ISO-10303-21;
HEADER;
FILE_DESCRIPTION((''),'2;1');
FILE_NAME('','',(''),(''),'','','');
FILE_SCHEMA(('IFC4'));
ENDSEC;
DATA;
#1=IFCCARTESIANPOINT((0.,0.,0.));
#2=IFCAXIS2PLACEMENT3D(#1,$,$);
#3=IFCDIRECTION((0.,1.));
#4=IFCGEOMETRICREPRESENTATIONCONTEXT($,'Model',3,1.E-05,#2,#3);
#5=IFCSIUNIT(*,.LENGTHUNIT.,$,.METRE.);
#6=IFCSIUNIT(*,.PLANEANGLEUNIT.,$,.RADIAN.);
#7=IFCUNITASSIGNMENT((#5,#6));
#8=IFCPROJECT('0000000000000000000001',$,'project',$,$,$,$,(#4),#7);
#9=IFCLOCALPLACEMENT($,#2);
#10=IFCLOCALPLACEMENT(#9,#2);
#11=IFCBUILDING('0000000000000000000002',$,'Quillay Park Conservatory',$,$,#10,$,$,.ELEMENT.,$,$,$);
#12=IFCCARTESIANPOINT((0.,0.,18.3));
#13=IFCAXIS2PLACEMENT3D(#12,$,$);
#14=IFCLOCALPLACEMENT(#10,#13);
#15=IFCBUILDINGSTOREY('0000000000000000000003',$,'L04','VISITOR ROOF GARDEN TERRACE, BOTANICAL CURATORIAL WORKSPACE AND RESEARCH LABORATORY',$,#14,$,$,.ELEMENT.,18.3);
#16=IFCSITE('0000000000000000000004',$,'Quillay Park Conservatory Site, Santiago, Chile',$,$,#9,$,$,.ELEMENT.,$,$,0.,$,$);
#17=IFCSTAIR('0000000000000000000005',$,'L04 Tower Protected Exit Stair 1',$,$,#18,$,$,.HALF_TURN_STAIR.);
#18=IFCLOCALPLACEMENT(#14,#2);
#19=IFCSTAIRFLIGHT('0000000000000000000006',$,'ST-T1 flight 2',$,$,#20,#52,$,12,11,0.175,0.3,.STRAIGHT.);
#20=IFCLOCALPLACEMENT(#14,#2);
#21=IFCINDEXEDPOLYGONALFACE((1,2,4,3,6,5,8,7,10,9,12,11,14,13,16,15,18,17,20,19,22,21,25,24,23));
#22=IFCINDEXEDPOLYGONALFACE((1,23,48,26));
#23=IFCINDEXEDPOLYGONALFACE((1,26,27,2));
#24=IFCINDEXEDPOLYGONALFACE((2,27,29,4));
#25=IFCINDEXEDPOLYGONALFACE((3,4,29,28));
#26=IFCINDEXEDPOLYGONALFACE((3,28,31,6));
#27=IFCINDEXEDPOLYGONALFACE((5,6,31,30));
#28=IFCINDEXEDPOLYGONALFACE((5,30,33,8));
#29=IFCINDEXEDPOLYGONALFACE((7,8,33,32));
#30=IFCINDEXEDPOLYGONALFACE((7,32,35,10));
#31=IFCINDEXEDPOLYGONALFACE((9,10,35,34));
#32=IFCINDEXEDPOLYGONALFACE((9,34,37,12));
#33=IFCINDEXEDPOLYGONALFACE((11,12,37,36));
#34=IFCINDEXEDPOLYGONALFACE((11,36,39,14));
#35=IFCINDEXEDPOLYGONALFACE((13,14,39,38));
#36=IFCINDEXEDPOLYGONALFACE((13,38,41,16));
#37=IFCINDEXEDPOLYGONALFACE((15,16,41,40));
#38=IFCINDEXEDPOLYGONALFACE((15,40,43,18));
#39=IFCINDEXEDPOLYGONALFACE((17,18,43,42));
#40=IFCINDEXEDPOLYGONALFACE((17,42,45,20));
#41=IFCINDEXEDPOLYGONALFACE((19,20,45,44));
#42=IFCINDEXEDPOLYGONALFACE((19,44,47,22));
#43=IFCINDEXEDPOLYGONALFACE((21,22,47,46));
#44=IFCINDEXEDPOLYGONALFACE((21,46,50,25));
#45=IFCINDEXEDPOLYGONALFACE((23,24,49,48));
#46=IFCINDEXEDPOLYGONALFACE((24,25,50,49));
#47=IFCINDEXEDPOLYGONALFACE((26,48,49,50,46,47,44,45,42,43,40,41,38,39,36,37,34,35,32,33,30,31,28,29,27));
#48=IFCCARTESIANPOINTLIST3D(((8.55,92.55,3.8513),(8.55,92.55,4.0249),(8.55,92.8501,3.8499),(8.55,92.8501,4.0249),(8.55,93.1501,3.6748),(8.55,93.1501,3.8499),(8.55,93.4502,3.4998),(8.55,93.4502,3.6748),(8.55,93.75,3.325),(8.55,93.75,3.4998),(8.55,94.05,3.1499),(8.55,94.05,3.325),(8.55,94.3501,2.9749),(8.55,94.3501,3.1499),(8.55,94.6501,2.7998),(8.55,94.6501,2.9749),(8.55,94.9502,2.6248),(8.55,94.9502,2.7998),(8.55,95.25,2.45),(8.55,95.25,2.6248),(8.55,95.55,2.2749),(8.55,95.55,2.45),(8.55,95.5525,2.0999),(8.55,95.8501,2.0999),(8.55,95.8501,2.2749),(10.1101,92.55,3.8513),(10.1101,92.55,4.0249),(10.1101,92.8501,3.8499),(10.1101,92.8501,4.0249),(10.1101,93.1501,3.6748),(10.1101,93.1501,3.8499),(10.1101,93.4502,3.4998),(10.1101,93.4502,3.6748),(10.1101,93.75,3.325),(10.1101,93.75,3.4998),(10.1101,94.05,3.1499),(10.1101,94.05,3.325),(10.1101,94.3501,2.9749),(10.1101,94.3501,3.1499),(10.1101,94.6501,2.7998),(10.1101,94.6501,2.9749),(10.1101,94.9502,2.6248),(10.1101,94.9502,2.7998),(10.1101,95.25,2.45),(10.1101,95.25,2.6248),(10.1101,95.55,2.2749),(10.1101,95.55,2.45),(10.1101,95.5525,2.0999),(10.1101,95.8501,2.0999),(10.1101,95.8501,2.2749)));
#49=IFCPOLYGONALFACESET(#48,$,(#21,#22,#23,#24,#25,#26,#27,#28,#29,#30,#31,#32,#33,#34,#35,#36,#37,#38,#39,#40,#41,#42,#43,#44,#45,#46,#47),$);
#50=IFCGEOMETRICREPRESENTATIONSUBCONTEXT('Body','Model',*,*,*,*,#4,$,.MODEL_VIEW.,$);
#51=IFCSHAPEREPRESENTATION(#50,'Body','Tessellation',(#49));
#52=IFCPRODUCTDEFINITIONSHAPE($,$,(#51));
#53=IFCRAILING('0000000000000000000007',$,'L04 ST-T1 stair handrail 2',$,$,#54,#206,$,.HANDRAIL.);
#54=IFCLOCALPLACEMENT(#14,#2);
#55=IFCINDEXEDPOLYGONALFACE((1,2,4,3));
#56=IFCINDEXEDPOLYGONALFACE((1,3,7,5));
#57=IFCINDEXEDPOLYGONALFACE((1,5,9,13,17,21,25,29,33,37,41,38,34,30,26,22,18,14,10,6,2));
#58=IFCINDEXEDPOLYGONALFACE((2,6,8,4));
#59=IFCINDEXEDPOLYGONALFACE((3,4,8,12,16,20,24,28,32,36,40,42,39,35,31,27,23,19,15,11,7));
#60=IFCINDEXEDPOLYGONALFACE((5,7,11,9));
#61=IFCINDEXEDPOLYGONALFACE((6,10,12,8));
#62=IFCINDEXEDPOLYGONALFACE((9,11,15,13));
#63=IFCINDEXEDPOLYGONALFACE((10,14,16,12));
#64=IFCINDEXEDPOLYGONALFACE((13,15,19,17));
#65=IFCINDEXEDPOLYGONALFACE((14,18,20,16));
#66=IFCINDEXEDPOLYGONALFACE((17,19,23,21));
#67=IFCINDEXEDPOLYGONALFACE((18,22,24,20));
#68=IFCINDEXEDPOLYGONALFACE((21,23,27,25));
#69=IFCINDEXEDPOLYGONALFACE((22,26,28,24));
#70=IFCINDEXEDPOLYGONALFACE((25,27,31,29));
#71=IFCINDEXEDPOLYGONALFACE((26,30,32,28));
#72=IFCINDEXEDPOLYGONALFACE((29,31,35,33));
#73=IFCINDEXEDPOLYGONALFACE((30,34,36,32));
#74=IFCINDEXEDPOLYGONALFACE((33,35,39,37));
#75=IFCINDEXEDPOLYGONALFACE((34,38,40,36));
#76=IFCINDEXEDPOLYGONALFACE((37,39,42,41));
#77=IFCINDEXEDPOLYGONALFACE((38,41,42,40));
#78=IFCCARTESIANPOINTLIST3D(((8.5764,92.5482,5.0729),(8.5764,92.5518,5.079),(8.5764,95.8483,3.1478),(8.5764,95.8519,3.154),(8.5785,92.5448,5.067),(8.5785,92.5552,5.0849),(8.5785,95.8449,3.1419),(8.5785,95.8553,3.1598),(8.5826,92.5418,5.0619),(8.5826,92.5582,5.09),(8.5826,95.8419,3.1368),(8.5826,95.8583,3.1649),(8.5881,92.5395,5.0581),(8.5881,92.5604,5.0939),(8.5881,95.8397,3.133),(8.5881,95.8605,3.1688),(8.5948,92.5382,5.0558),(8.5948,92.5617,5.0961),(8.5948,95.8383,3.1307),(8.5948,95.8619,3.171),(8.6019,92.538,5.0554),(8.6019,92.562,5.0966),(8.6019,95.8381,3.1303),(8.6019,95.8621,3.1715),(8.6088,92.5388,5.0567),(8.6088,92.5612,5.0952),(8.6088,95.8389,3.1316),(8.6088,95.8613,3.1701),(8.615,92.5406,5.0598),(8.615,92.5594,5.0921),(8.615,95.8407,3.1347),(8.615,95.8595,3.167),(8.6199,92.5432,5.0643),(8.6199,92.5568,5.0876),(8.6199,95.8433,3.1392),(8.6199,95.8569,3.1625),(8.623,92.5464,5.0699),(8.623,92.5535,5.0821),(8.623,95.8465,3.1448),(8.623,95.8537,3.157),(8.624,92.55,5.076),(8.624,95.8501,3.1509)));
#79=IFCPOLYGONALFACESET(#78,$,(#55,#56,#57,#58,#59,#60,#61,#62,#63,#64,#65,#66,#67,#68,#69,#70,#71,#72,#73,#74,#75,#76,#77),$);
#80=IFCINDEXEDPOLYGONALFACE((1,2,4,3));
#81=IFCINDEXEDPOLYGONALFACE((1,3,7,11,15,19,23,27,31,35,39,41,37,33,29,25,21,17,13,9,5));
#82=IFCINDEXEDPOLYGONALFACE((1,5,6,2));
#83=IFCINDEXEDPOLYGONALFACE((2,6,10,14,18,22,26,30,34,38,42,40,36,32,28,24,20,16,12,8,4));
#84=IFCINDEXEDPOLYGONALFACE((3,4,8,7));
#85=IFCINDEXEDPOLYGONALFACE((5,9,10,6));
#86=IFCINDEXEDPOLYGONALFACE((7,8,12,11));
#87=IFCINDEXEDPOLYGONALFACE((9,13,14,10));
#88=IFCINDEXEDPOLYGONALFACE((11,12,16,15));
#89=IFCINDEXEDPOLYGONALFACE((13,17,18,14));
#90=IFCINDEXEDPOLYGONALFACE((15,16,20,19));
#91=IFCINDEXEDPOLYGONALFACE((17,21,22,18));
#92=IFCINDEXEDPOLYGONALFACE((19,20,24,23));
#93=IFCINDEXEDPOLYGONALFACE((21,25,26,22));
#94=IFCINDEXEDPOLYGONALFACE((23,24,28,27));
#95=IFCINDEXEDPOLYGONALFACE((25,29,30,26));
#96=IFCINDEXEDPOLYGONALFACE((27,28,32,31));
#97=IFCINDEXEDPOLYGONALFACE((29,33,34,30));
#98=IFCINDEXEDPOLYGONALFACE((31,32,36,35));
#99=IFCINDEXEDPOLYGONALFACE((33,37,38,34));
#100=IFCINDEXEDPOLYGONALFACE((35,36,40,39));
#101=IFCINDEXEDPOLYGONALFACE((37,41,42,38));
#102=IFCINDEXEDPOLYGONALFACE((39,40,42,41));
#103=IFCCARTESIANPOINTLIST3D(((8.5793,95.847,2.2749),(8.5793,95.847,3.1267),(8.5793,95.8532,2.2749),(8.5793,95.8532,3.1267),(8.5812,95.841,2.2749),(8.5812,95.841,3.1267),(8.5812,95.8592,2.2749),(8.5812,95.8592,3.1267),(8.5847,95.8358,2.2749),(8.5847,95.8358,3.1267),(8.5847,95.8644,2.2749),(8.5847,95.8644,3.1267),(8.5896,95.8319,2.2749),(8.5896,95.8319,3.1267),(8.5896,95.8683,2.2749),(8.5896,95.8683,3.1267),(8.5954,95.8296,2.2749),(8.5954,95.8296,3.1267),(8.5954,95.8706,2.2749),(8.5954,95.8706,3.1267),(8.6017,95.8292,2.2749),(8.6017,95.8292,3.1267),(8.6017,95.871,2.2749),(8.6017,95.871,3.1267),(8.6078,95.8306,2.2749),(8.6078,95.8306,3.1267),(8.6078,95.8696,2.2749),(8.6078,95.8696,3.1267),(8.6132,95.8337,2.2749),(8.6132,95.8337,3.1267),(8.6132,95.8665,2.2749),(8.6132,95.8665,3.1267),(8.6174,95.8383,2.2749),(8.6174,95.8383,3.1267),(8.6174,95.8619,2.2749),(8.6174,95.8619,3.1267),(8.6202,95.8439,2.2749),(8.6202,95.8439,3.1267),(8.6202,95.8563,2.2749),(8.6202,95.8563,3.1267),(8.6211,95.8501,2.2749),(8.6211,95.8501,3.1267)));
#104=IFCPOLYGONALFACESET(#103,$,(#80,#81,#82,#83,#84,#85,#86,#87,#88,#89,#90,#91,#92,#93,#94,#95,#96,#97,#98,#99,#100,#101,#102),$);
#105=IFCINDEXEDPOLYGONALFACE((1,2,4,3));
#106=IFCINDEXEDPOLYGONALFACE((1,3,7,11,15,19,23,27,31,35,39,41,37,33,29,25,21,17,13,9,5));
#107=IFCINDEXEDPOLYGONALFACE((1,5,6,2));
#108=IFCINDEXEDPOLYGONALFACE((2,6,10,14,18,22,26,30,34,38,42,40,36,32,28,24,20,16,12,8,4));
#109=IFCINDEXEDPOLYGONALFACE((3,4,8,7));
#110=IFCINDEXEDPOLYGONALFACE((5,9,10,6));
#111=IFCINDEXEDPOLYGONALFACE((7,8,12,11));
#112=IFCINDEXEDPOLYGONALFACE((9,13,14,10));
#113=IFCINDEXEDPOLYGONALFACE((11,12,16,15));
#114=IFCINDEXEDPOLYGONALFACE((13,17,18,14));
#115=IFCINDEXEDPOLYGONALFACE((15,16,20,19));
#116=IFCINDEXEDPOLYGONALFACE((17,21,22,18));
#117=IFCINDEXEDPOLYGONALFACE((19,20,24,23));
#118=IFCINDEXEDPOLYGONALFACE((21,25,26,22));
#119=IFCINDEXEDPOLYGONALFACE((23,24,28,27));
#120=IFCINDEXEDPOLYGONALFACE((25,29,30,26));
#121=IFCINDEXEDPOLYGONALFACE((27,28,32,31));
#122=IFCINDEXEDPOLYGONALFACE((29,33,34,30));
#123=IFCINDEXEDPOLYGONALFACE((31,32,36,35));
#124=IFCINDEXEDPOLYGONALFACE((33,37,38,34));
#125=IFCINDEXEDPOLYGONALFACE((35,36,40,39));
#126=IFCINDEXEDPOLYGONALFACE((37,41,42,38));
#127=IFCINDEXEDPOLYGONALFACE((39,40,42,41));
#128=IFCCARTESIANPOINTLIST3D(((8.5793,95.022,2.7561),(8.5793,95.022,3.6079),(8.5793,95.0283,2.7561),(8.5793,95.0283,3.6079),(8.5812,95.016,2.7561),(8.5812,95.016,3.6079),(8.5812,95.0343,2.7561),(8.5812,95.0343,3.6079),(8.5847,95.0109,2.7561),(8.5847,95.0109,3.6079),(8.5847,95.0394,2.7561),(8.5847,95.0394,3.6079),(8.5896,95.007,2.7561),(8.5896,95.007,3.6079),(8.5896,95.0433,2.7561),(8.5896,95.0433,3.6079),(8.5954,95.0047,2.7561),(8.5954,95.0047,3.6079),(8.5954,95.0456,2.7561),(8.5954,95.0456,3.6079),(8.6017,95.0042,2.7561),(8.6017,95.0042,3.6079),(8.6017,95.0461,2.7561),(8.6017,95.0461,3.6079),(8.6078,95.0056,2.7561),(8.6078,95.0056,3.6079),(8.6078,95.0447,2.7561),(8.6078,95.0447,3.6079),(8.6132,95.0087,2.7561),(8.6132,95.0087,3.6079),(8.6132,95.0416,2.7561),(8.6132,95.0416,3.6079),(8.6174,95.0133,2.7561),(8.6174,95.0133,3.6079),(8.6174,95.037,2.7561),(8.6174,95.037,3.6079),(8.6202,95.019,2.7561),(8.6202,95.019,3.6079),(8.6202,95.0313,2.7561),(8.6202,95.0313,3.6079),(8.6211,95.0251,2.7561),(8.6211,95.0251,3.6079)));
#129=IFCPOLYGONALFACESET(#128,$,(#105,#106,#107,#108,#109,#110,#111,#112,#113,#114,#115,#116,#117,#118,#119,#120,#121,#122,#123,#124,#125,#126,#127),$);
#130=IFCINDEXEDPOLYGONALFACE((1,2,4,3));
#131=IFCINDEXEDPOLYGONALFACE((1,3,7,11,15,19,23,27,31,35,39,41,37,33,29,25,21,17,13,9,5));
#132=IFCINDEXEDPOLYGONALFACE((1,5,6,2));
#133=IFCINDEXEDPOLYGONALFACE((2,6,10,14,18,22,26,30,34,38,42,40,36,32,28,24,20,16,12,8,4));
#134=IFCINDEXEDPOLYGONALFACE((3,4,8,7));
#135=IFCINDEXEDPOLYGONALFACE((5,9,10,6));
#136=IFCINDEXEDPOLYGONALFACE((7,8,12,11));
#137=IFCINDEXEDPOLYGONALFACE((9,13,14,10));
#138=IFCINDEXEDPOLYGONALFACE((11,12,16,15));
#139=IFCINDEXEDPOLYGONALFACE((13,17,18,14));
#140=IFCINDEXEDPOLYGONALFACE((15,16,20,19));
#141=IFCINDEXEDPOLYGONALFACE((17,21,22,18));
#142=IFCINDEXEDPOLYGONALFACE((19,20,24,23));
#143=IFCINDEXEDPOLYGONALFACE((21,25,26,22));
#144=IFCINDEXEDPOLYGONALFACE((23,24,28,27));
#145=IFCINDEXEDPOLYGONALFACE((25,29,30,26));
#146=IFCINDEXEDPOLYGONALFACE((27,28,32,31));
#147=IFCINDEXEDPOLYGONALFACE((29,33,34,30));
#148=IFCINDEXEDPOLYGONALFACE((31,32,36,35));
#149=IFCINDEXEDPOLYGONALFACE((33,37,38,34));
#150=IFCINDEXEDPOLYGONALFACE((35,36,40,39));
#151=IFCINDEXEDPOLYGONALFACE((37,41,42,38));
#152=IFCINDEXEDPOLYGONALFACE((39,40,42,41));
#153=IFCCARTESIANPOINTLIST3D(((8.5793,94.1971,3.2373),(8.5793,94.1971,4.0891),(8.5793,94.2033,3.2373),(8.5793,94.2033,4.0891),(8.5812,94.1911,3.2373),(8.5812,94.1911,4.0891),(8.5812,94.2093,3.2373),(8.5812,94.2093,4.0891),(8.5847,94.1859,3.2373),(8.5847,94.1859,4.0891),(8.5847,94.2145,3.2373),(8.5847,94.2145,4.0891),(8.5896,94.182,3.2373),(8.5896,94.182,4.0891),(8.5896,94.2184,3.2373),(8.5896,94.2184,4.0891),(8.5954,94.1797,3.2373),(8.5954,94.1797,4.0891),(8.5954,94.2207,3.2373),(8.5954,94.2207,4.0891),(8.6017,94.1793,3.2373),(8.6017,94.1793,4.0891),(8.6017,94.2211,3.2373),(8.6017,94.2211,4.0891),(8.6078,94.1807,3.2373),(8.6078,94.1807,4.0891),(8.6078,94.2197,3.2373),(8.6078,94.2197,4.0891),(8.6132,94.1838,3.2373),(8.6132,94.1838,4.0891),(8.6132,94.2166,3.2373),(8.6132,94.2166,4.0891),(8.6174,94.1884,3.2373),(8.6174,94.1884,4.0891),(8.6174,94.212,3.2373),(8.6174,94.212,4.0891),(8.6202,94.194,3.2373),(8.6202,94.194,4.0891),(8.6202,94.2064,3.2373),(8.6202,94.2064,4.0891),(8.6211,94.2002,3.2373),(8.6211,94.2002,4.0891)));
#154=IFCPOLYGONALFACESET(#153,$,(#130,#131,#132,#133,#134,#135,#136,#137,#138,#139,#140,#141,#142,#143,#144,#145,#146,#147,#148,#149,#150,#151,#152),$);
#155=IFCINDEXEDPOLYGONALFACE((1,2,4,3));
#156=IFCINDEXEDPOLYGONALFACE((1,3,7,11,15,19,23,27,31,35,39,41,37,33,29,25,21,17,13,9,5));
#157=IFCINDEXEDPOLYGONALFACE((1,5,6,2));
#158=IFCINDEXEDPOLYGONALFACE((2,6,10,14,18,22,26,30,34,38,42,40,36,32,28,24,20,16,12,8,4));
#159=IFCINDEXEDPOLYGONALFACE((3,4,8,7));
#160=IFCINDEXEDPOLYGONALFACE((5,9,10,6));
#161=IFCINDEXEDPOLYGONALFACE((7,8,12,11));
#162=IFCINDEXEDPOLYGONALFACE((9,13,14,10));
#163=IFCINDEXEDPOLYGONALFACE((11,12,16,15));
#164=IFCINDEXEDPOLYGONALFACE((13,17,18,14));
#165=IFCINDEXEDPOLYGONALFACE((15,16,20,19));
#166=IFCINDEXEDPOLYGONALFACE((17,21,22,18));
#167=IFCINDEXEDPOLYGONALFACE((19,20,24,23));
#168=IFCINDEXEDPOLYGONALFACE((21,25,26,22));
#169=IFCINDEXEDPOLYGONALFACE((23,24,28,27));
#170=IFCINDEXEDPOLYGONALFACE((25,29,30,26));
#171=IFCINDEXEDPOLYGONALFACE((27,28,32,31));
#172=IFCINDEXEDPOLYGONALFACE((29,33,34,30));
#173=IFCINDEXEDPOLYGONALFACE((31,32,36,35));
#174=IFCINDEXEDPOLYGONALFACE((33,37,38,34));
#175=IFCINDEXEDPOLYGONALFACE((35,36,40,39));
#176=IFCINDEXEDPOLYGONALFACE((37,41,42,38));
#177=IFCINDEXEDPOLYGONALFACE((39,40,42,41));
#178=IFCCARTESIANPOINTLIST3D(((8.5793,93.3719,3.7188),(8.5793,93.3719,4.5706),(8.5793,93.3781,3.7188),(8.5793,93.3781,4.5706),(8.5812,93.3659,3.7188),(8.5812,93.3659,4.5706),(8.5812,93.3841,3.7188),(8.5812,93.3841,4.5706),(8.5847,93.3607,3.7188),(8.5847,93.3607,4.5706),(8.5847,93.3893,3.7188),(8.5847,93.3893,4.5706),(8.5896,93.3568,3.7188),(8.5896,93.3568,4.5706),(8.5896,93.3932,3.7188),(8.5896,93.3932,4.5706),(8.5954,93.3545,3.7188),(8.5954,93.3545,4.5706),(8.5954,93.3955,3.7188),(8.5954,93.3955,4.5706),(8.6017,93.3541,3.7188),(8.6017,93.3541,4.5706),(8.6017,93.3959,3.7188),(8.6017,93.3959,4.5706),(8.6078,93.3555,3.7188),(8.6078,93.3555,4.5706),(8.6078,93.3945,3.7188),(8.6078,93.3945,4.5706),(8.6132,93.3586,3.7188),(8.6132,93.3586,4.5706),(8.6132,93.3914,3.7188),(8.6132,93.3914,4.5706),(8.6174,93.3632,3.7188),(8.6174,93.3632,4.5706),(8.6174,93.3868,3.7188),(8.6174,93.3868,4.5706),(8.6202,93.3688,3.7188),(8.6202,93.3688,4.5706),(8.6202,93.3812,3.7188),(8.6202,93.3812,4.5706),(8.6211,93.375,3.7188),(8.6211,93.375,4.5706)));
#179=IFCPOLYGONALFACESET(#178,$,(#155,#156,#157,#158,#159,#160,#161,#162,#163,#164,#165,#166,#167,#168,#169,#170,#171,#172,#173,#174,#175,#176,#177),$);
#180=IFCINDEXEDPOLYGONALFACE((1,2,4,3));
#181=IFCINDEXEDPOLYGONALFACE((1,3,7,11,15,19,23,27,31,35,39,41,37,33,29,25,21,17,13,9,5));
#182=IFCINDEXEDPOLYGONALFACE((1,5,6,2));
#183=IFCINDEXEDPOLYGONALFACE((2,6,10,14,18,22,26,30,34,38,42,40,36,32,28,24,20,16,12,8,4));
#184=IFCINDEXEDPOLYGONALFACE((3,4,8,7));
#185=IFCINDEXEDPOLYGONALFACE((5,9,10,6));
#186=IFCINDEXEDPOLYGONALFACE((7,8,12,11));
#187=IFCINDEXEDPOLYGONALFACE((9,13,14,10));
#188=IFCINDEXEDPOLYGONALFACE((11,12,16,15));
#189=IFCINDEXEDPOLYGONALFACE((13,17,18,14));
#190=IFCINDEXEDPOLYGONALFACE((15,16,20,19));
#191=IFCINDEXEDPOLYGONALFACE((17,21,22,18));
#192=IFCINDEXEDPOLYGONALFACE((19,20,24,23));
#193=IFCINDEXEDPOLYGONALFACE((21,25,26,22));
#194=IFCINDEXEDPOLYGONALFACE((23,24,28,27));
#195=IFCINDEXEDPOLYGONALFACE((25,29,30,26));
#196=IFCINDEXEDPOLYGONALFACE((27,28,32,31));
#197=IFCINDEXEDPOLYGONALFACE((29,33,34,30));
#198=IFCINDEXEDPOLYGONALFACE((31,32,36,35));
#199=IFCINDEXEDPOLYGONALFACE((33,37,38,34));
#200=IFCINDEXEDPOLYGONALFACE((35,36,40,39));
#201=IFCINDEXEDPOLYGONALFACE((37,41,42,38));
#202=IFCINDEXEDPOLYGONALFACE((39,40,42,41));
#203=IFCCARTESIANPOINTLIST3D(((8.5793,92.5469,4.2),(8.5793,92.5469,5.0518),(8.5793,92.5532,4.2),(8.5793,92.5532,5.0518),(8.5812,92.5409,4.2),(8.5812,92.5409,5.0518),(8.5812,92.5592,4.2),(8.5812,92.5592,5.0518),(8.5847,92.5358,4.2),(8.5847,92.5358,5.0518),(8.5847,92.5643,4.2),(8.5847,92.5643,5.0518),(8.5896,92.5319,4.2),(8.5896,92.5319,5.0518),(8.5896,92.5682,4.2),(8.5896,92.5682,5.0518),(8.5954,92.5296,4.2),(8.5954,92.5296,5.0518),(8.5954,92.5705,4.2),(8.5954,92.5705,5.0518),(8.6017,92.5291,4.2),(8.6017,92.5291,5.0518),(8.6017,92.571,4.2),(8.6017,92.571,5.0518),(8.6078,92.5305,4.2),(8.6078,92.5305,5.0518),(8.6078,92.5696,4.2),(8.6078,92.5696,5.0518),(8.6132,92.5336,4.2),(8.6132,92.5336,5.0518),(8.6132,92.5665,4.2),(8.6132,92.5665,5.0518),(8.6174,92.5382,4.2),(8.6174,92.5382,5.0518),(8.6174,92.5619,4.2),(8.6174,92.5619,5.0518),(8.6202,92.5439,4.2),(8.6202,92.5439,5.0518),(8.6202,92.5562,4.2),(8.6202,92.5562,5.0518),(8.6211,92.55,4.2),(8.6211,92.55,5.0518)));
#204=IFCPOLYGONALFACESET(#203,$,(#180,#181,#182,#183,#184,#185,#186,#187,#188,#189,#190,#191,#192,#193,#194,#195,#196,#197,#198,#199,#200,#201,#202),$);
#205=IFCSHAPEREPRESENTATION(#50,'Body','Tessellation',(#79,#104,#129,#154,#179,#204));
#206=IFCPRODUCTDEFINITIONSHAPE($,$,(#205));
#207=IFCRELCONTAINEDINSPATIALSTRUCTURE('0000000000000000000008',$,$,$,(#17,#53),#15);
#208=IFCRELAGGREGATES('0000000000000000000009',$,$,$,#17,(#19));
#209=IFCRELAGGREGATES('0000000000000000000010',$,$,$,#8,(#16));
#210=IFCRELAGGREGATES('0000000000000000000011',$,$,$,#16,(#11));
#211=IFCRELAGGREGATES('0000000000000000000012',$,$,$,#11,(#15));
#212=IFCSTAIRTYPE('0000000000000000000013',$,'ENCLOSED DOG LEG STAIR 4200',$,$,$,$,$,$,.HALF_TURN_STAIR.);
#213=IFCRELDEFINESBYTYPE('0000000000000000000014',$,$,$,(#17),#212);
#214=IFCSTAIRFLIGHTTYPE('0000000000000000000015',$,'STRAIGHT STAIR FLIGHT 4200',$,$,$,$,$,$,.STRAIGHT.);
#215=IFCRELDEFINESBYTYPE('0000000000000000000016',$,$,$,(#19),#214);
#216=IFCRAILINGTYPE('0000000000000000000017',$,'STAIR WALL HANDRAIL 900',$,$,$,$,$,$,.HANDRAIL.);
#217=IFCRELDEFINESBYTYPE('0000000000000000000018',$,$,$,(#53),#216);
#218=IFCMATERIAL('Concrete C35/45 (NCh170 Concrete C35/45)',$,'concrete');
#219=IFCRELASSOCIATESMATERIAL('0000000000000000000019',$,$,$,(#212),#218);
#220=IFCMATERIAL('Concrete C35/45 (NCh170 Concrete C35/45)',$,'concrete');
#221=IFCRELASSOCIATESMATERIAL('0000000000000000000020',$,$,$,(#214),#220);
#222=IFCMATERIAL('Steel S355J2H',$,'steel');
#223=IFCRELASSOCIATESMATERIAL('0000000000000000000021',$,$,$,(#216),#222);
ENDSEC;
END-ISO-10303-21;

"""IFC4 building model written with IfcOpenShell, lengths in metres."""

from ifc_helpers import new_model, si_unit, direction, frame, origin, origin_2d, place, context, subcontext, project, spatial, polyline, circle, outline, extrude, material, type_object, element, aggregate, save


model = new_model("IFC4")

# Units and contexts
model_context = context("Model", 3, precision=1e-05, world=origin(), true_north=direction((0.0, 1.0)))
body_context = subcontext(model_context, "Body", "Model", "MODEL_VIEW")
ifc_project = project(units=[si_unit("LENGTHUNIT", "METRE"), si_unit("PLANEANGLEUNIT", "RADIAN")], contexts=[model_context])

# Site, building, storey
site_placement = place(None, origin())
site = spatial("IfcSite", under=ifc_project, at=site_placement, Name="Quillay Park Conservatory Site, Santiago, Chile", CompositionType="ELEMENT", RefElevation=0.0)
building_placement = place(site_placement, origin())
building = spatial("IfcBuilding", under=site, at=building_placement, Name="Quillay Park Conservatory", CompositionType="ELEMENT")
storey_placement = place(building_placement, frame((0.0, 0.0, 18.3)))
storey = spatial("IfcBuildingStorey", under=building, at=storey_placement, Name="L04", Description="VISITOR ROOF GARDEN TERRACE, BOTANICAL CURATORIAL WORKSPACE AND RESEARCH LABORATORY", CompositionType="ELEMENT", Elevation=18.3)

# Stair, stair flight
ifc_material_1 = material(Name="Concrete C35/45 (NCh170 Concrete C35/45)", Category="concrete")
stair_type = type_object("IfcStairType", Name="ENCLOSED DOG LEG STAIR 4200", PredefinedType="HALF_TURN_STAIR", material=ifc_material_1)
stair_placement = place(storey_placement, origin())
stair = element("IfcStair", 1, at=stair_placement, inside=storey, type_object=stair_type, Name="L04 Tower Protected Exit Stair 1", PredefinedType="HALF_TURN_STAIR")
ifc_material_2 = material(Name="Concrete C35/45 (NCh170 Concrete C35/45)", Category="concrete")
stair_flight_type = type_object("IfcStairFlightType", Name="STRAIGHT STAIR FLIGHT 4200", PredefinedType="STRAIGHT", material=ifc_material_2)
stair_flight_placement = place(storey_placement, frame((9.3301, 95.8501, 2.0999), z_axis=(0.0, 0.0, 1.0), x_axis=(0.0, -1.0, 0.0)))
stair_flight = element("IfcStairFlight", 2, at=stair_flight_placement, type_object=stair_flight_type, Name="ST-T1 flight 2", NumberOfRisers=12, NumberOfTreads=11, PredefinedType="STRAIGHT", RiserHeight=0.175, TreadLength=0.3, context=body_context, shape_type="SweptSolid", body=[
    extrude(outline(polyline([(0.0, 0.0), (0.0, 0.175), (0.3, 0.175), (0.3, 0.3501), (0.6001, 0.3501), (0.6001, 0.5249), (0.8999, 0.5249), (0.8999, 0.7), (1.2, 0.7), (1.2, 0.875), (1.5, 0.875), (1.5, 1.05), (1.8, 1.05), (1.8, 1.2251), (2.1001, 1.2251), (2.1001, 1.3999), (2.3999, 1.3999), (2.3999, 1.575), (2.7, 1.575), (2.7, 1.75), (3.0, 1.75), (3.0, 1.925), (3.3, 1.925), (3.3, 2.1001), (3.3, 1.7515), (0.2976, 0.0), (0.0, 0.0)])), frame((0.0, 0.78, 0.0), z_axis=(0.0, -1.0, 0.0), x_axis=(1.0, 0.0, 0.0)), (0.0, 0.0, 1.0), 1.5601),
])
aggregate(stair, [stair_flight])

# Railing
ifc_material_3 = material(Name="Steel S355J2H", Category="steel")
railing_type_1 = type_object("IfcRailingType", Name="STAIR WALL HANDRAIL 900", PredefinedType="HANDRAIL", material=ifc_material_3)
railing_1_placement = place(storey_placement, frame((8.6001, 95.8501, 2.2749)))
element("IfcRailing", 3, at=railing_1_placement, inside=storey, type_object=railing_type_1, Name="L04 ST-T1 stair handrail 2", PredefinedType="HANDRAIL", context=body_context, shape_type="SweptSolid", body=[
    extrude(circle(Radius=0.0239, at=origin_2d()), frame((0.0, 0.0, 0.876), z_axis=(0.0, -0.863777, 0.503875), x_axis=(1.0, 0.0, 0.0)), (0.0, 0.0, 1.0), 3.8206),
    extrude(circle(Radius=0.021, at=origin_2d()), origin(), (0.0, 0.0, 1.0), 0.8518),
    extrude(circle(Radius=0.021, at=origin_2d()), frame((0.0, -0.825, 0.4812)), (0.0, 0.0, 1.0), 0.8518),
    extrude(circle(Radius=0.021, at=origin_2d()), frame((0.0, -1.6499, 0.9624)), (0.0, 0.0, 1.0), 0.8518),
    extrude(circle(Radius=0.021, at=origin_2d()), frame((0.0, -2.4751, 1.4438)), (0.0, 0.0, 1.0), 0.8518),
    extrude(circle(Radius=0.021, at=origin_2d()), frame((0.0, -3.3, 1.925)), (0.0, 0.0, 1.0), 0.8518),
])

save(model, "model.ifc")
